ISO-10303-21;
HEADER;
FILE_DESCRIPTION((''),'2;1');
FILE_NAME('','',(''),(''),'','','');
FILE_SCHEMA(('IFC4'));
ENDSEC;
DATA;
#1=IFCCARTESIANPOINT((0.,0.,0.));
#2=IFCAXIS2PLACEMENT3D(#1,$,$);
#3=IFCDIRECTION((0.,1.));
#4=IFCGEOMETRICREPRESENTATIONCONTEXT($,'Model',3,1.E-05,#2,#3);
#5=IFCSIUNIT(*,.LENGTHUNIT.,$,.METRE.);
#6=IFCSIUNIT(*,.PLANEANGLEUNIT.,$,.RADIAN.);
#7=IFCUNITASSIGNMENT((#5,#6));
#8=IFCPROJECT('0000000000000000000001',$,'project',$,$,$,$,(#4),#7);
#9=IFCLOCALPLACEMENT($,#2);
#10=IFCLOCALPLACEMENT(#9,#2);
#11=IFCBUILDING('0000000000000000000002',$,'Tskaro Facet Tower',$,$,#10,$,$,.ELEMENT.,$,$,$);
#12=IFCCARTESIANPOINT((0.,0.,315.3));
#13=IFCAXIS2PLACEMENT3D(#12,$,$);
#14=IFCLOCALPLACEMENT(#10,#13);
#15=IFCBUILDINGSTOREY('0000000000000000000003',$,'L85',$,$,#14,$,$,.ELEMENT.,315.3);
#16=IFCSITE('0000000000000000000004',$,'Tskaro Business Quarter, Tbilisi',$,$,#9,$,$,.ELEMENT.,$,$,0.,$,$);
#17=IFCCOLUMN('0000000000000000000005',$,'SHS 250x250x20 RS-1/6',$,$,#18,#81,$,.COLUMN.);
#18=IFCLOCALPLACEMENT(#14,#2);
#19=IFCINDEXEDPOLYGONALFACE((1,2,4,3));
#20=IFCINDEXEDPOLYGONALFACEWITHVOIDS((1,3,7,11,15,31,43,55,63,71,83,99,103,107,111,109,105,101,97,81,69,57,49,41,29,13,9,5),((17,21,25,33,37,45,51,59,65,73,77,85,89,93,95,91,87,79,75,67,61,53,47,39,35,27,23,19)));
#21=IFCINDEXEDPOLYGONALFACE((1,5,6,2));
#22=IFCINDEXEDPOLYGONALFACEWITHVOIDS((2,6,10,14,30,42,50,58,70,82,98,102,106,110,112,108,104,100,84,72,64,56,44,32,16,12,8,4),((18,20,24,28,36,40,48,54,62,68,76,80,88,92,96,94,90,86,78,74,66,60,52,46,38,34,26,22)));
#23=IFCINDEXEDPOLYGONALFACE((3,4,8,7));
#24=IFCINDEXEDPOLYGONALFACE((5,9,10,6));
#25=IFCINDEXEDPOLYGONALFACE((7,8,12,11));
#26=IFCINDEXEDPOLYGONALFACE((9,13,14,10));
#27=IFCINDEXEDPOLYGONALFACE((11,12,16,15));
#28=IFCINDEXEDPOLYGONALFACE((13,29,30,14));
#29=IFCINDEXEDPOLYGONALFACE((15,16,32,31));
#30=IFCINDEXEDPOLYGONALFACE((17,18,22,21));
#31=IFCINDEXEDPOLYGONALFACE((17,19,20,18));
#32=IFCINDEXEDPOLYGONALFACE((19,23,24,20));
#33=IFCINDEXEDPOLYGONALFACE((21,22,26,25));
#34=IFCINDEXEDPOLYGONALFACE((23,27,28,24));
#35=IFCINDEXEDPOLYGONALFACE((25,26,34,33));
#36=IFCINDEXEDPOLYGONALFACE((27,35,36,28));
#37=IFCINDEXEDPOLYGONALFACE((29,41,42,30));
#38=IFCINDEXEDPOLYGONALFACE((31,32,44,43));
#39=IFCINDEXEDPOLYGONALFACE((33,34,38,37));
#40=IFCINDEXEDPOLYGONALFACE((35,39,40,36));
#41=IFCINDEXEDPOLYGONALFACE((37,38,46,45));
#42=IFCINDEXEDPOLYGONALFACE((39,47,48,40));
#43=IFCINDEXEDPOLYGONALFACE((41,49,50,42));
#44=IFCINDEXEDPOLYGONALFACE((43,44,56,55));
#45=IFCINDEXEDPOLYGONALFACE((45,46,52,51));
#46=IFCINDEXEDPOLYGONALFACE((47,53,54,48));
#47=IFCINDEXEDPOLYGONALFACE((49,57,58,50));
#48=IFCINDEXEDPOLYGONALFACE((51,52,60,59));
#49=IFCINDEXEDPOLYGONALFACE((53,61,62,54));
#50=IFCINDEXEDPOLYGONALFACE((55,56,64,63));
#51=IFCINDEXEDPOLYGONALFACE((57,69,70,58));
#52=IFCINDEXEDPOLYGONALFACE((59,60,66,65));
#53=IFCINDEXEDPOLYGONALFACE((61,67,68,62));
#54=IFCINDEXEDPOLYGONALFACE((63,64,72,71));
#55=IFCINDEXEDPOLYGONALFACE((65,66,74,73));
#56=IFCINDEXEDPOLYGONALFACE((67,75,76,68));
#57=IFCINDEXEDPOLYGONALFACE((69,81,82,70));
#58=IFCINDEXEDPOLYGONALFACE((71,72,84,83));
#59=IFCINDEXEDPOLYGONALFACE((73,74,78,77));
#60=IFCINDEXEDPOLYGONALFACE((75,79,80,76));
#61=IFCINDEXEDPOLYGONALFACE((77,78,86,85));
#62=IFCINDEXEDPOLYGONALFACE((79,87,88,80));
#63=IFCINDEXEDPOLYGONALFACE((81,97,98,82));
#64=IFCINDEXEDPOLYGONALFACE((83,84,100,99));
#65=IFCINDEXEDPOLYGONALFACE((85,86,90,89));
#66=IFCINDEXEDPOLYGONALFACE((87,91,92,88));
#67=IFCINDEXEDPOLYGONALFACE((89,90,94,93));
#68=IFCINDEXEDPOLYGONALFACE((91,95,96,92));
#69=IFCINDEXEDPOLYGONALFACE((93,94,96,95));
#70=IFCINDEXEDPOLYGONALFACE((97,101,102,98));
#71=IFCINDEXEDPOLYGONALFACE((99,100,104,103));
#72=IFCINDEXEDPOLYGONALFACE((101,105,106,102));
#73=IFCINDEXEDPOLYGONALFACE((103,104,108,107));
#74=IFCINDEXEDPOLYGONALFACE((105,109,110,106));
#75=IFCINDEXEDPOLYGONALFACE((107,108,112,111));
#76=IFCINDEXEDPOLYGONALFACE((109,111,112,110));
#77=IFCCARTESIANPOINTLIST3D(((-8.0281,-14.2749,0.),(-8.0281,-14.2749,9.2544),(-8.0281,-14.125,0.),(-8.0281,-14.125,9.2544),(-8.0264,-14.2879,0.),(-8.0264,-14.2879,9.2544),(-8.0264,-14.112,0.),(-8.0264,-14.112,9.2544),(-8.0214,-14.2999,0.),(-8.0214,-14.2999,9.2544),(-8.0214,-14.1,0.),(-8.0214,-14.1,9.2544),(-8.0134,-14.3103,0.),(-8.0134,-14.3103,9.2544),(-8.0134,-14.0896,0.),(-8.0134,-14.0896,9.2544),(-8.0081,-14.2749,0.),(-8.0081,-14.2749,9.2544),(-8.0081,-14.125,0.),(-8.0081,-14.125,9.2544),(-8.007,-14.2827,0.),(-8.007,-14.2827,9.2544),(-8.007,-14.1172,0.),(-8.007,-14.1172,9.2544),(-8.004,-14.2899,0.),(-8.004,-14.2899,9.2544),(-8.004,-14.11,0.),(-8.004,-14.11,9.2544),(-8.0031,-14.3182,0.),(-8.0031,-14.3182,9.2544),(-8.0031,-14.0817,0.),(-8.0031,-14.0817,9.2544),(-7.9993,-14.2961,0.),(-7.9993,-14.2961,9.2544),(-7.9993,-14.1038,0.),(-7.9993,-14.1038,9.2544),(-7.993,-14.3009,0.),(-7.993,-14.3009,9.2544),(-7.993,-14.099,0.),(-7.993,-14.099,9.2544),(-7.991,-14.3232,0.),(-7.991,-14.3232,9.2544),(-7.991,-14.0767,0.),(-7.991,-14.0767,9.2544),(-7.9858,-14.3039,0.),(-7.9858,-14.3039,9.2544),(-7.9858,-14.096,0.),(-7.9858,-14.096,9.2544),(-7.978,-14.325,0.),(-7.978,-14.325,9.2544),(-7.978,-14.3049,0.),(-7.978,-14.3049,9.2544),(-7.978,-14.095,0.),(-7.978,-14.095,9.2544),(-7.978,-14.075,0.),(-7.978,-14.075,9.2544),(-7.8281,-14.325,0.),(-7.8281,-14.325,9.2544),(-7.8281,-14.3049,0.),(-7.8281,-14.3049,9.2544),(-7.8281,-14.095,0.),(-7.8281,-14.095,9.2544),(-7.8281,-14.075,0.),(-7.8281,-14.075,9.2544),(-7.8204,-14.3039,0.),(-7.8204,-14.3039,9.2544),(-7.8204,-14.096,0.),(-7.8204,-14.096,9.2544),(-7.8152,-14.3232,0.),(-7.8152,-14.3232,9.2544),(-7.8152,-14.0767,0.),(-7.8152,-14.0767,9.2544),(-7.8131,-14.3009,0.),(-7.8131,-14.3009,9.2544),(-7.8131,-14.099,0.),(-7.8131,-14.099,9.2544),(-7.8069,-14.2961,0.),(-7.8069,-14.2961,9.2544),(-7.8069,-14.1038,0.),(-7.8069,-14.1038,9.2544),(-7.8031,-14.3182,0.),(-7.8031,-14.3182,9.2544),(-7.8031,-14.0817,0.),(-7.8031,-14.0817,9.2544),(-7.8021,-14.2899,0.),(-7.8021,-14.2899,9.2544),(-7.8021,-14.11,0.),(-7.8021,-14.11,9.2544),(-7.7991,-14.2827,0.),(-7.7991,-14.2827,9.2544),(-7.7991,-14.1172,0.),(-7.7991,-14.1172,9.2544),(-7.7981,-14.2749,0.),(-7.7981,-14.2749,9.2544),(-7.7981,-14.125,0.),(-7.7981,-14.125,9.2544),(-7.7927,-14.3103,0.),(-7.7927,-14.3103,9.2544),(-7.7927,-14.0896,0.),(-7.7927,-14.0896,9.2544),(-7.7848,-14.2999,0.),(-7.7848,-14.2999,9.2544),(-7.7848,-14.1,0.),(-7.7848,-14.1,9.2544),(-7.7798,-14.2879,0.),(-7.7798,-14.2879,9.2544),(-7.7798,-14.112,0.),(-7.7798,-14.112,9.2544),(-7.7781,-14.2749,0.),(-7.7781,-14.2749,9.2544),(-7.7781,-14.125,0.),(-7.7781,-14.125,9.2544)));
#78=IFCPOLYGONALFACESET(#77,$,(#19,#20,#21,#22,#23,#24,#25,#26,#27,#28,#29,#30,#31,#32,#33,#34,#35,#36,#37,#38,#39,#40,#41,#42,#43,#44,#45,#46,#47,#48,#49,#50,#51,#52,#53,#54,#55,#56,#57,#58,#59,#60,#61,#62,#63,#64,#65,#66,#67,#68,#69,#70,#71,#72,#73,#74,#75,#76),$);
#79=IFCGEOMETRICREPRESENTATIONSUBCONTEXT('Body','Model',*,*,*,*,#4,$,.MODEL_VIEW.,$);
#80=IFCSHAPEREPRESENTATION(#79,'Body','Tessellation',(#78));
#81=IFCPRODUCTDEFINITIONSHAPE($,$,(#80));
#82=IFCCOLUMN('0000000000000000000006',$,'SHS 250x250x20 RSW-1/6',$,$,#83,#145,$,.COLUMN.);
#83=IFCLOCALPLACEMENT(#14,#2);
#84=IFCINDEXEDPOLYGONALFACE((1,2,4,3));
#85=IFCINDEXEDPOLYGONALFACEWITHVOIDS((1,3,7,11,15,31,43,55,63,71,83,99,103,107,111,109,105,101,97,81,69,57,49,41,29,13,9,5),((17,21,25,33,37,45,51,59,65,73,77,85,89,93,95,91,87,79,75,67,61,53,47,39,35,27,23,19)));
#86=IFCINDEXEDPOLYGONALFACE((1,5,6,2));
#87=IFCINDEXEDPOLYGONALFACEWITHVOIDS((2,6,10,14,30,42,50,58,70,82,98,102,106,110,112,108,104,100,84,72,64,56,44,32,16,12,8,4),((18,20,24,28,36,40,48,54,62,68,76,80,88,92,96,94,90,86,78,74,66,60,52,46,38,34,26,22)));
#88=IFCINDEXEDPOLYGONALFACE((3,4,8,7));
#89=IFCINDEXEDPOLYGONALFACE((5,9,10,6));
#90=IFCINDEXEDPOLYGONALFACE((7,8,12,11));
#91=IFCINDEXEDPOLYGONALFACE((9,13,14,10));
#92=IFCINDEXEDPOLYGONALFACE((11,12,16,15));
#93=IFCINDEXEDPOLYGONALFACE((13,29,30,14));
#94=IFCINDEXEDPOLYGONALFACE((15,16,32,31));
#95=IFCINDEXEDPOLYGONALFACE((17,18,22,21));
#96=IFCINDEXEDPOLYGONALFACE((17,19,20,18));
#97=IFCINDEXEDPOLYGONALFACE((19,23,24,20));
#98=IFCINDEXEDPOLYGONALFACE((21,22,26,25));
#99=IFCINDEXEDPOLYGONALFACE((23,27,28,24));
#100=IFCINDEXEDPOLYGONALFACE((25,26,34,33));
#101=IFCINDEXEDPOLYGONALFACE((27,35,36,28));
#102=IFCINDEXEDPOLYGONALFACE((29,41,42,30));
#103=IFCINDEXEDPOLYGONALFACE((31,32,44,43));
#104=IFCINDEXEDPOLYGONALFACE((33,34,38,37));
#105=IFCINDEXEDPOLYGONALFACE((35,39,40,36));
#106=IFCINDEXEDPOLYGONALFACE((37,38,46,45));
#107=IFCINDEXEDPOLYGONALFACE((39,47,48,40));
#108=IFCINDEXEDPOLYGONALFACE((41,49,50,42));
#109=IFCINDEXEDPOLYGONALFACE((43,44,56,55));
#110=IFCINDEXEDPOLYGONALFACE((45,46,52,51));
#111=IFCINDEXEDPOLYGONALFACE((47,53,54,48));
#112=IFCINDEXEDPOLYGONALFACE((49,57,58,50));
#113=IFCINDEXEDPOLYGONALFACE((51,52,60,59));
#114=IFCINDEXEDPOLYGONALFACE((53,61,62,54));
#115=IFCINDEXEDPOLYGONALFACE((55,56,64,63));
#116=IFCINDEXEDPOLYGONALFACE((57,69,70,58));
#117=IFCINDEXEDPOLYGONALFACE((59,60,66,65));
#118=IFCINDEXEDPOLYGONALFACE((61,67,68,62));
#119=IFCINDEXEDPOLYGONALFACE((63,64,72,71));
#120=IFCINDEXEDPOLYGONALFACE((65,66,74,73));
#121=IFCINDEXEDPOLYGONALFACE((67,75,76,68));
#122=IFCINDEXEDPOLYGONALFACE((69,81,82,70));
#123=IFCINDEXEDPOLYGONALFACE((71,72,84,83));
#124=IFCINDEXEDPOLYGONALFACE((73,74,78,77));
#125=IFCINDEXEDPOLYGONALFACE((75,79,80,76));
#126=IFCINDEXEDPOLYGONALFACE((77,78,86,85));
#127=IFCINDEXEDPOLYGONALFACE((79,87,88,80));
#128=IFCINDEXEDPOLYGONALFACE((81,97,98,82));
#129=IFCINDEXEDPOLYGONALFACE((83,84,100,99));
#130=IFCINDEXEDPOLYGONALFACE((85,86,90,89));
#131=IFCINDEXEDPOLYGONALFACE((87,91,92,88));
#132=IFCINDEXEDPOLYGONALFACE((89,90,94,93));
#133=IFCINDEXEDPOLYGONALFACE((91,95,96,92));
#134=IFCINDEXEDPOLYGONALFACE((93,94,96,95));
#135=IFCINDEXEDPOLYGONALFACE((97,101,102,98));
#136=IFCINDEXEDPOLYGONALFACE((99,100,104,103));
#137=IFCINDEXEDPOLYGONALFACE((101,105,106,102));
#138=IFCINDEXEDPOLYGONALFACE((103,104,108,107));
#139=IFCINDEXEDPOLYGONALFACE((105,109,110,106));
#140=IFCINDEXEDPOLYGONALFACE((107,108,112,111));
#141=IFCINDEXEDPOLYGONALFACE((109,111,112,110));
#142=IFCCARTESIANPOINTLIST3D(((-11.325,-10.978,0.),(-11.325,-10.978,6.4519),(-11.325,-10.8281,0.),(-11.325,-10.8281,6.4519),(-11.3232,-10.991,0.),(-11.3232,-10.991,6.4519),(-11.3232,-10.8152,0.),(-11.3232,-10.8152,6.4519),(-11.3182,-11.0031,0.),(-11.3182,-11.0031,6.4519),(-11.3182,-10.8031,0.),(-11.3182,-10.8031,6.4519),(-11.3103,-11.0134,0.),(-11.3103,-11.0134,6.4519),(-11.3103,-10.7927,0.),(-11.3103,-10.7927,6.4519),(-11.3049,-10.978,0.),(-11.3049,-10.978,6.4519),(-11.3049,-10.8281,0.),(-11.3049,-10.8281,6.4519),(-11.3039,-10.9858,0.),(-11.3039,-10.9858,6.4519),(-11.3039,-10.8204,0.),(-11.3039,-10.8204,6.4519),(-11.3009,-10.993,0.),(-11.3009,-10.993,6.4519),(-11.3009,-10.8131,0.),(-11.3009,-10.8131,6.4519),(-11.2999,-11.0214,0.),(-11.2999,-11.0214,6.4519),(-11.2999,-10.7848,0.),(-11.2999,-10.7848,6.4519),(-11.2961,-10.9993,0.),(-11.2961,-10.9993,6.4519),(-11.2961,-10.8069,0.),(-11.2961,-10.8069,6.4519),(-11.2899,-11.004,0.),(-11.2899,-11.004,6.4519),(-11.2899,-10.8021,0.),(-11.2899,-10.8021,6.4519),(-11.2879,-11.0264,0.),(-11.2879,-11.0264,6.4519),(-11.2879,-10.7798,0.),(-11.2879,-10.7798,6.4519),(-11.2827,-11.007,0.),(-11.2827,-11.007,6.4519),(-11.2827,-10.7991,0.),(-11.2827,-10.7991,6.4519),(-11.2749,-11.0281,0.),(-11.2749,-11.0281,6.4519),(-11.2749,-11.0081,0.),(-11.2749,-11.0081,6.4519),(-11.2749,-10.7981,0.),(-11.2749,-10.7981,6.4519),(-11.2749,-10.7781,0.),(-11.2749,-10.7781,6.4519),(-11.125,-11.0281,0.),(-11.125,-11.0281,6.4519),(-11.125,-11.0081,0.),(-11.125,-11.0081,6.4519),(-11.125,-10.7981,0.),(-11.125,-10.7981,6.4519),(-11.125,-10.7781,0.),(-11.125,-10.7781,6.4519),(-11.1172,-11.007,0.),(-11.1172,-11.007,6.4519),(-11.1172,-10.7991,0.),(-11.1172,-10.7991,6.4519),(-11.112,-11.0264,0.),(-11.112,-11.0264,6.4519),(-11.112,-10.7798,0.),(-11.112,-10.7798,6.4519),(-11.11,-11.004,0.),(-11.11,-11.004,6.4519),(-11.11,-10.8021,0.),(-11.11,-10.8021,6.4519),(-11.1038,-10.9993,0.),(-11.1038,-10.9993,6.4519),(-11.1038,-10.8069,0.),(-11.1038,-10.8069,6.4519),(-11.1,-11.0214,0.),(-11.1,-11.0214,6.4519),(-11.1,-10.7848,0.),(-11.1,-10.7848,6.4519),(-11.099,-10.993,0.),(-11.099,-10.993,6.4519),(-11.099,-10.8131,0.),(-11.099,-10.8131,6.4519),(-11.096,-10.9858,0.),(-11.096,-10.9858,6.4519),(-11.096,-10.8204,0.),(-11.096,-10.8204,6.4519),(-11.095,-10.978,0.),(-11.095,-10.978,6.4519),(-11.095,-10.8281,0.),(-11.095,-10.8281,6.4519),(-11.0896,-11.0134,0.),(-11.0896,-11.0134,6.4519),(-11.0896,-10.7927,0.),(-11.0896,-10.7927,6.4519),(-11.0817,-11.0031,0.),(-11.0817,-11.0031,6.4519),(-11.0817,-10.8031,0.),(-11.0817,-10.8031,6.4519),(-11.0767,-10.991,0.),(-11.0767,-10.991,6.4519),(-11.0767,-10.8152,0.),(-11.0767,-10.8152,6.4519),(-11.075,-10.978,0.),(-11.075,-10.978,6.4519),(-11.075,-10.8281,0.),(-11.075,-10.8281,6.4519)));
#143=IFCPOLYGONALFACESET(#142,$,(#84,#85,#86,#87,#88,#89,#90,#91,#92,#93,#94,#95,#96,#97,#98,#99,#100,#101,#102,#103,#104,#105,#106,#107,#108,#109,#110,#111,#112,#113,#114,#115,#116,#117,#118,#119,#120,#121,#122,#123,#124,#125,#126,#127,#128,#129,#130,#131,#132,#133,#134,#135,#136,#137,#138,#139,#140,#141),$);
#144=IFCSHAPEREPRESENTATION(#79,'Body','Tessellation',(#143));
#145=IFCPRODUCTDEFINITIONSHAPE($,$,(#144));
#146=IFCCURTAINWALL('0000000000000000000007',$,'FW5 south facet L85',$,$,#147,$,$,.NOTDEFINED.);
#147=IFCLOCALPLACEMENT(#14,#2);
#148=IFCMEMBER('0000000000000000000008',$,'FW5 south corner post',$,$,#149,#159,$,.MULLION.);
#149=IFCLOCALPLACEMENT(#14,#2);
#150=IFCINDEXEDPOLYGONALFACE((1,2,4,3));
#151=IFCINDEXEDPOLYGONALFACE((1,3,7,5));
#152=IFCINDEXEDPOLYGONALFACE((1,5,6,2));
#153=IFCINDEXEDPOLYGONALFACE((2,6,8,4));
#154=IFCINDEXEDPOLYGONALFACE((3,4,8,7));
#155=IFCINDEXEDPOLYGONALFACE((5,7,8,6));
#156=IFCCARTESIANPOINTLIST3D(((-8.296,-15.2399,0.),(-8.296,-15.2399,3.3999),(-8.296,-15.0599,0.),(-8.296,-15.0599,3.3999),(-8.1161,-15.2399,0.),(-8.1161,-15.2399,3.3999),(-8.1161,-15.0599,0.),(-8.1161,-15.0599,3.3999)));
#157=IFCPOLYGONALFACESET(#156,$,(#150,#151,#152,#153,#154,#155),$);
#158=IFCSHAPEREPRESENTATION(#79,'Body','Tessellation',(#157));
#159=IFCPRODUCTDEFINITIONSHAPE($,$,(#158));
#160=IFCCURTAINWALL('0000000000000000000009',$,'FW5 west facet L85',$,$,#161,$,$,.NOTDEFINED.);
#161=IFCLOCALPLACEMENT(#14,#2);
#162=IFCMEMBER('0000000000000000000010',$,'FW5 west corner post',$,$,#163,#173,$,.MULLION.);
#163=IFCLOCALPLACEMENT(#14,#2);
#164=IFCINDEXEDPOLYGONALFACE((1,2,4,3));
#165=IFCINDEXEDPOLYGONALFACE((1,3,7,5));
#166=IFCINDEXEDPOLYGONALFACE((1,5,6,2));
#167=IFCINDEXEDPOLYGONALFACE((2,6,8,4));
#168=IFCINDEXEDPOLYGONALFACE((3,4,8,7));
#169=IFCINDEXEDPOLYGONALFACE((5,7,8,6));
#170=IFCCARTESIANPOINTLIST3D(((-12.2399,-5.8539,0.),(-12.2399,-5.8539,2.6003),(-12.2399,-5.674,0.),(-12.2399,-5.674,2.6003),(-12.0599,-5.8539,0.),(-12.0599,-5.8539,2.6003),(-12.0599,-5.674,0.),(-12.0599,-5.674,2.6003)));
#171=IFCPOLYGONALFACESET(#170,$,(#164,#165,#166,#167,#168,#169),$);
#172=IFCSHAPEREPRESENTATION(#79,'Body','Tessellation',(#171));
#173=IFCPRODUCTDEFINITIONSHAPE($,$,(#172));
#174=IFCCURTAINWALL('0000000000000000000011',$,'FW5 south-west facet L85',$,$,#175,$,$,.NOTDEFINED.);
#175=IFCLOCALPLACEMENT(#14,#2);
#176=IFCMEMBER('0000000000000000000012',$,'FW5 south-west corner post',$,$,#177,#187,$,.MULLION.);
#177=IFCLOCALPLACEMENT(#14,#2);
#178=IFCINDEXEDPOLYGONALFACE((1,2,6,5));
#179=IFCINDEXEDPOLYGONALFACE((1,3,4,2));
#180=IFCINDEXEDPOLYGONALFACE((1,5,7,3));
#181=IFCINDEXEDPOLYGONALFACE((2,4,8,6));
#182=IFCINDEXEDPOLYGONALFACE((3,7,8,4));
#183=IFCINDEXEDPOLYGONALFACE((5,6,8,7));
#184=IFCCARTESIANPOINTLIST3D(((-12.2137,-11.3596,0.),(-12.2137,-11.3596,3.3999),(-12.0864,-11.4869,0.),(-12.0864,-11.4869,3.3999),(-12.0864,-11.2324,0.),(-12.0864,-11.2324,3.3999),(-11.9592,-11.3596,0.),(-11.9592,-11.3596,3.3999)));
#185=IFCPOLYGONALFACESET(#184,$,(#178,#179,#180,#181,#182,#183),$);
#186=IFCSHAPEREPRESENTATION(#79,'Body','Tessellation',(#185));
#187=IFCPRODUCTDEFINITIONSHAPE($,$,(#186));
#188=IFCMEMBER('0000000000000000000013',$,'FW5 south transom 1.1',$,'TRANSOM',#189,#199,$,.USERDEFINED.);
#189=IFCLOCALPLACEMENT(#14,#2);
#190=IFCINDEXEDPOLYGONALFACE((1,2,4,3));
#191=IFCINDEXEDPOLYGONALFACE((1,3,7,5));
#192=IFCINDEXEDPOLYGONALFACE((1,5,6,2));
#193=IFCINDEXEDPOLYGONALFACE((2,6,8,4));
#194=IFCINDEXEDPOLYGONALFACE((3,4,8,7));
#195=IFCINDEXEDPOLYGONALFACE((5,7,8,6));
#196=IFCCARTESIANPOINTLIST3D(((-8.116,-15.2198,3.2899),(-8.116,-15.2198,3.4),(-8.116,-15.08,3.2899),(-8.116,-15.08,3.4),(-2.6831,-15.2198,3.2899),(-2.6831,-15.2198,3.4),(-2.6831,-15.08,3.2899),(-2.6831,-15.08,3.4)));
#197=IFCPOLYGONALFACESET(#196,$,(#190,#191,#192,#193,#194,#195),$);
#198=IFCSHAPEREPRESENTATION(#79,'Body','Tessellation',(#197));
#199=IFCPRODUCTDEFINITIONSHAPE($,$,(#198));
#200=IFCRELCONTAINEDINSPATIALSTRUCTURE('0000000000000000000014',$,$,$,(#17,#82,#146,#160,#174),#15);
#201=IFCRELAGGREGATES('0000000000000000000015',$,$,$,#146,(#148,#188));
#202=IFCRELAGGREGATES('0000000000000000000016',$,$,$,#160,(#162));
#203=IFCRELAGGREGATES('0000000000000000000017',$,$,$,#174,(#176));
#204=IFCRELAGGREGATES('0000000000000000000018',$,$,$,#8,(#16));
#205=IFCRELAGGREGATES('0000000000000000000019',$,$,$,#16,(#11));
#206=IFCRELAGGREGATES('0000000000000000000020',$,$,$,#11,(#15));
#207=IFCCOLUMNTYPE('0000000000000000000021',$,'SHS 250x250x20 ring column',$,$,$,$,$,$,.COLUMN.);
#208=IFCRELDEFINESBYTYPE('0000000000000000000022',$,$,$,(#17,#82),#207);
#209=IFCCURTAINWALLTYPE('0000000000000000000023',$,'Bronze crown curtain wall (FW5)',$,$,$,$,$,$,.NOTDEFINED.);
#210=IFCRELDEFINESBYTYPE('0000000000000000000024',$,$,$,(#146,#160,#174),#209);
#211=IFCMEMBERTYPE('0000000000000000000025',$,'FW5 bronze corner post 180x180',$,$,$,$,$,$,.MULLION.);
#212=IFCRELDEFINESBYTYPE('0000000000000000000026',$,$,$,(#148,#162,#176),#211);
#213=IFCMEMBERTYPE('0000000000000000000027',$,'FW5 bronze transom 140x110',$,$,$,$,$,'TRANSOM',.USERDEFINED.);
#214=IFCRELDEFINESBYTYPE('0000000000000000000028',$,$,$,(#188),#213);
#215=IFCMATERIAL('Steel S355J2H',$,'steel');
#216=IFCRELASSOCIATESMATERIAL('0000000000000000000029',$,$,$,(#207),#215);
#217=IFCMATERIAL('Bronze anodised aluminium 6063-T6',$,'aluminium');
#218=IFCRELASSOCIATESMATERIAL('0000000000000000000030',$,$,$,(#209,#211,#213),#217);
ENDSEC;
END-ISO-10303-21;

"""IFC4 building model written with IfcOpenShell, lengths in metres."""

from ifc_helpers import new_model, si_unit, direction, frame, origin, origin_2d, place, context, subcontext, project, spatial, rectangle, hollow_rectangle, extrude, material, material_profile, profile_set, type_object, element, aggregate, save


model = new_model("IFC4")

# Units and contexts
model_context = context("Model", 3, precision=1e-05, world=origin(), true_north=direction((0.0, 1.0)))
body_context = subcontext(model_context, "Body", "Model", "MODEL_VIEW")
ifc_project = project(units=[si_unit("LENGTHUNIT", "METRE"), si_unit("PLANEANGLEUNIT", "RADIAN")], contexts=[model_context])

# Site, building, storey
site_placement = place(None, origin())
site = spatial("IfcSite", under=ifc_project, at=site_placement, Name="Tskaro Business Quarter, Tbilisi", CompositionType="ELEMENT", RefElevation=0.0)
building_placement = place(site_placement, origin())
building = spatial("IfcBuilding", under=site, at=building_placement, Name="Tskaro Facet Tower", CompositionType="ELEMENT")
storey_placement = place(building_placement, frame((0.0, 0.0, 315.3)))
storey = spatial("IfcBuildingStorey", under=building, at=storey_placement, Name="L85", CompositionType="ELEMENT", Elevation=315.3)

# Columns
ifc_material_1 = material(Name="Steel S355J2H", Category="steel")
ifc_material_profile_1 = material_profile(ifc_material_1, hollow_rectangle(XDim=0.25, YDim=0.25, WallThickness=0.02, InnerFilletRadius=0.03, OuterFilletRadius=0.05, at=origin_2d()), Name="SHS 250x250x20")
ifc_profile_set_1 = profile_set([ifc_material_profile_1], Name="Steel S355J2H")
column_type = type_object("IfcColumnType", Name="SHS 250x250x20 ring column", PredefinedType="COLUMN", material=ifc_profile_set_1)
column_1_placement = place(storey_placement, frame((-7.9031, -14.2, 0.0), z_axis=(0.0, 0.0, 1.0), x_axis=(1.0, 0.0, 0.0)))
element("IfcColumn", 1, at=column_1_placement, inside=storey, type_object=column_type, Name="SHS 250x250x20 RS-1/6", PredefinedType="COLUMN", context=body_context, shape_type="SweptSolid", body=[
    extrude(hollow_rectangle(XDim=0.25, YDim=0.25, WallThickness=0.02, InnerFilletRadius=0.03, OuterFilletRadius=0.05, at=origin_2d()), origin(), (0.0, 0.0, 1.0), 9.2544),
])
column_2_placement = place(storey_placement, frame((-11.2, -10.9031, 0.0), z_axis=(0.0, 0.0, 1.0), x_axis=(1.0, 0.0, 0.0)))
element("IfcColumn", 2, at=column_2_placement, inside=storey, type_object=column_type, Name="SHS 250x250x20 RSW-1/6", PredefinedType="COLUMN", context=body_context, shape_type="SweptSolid", body=[
    extrude(hollow_rectangle(XDim=0.25, YDim=0.25, WallThickness=0.02, InnerFilletRadius=0.03, OuterFilletRadius=0.05, at=origin_2d()), origin(), (0.0, 0.0, 1.0), 6.4519),
])

# Curtain walls, members
ifc_material_2 = material(Name="Bronze anodised aluminium 6063-T6", Category="aluminium")
curtain_wall_type_1 = type_object("IfcCurtainWallType", Name="Bronze crown curtain wall (FW5)", PredefinedType="NOTDEFINED", material=ifc_material_2)
curtain_wall_1_placement = place(storey_placement, origin())
curtain_wall_1 = element("IfcCurtainWall", 3, at=curtain_wall_1_placement, inside=storey, type_object=curtain_wall_type_1, Name="FW5 south facet L85", PredefinedType="NOTDEFINED")
ifc_material_profile_2 = material_profile(ifc_material_2, rectangle(XDim=0.1799, YDim=0.1799, at=origin_2d()), Name="Corner post 180x180")
ifc_profile_set_2 = profile_set([ifc_material_profile_2], Name="Bronze anodised aluminium 6063-T6")
member_type_1 = type_object("IfcMemberType", Name="FW5 bronze corner post 180x180", PredefinedType="MULLION", material=ifc_profile_set_2)
member_1_placement = place(storey_placement, frame((-8.2061, -15.1499, 0.0), z_axis=(0.0, 0.0, 1.0), x_axis=(1.0, 0.0, 0.0)))
member_1 = element("IfcMember", 4, at=member_1_placement, type_object=member_type_1, Name="FW5 south corner post", PredefinedType="MULLION", context=body_context, shape_type="SweptSolid", body=[
    extrude(rectangle(XDim=0.1799, YDim=0.1799, at=origin_2d()), origin(), (0.0, 0.0, 1.0), 3.3999),
])
curtain_wall_2_placement = place(storey_placement, origin())
curtain_wall_2 = element("IfcCurtainWall", 5, at=curtain_wall_2_placement, inside=storey, type_object=curtain_wall_type_1, Name="FW5 west facet L85", PredefinedType="NOTDEFINED")
member_2_placement = place(storey_placement, frame((-12.1499, -5.7639, 0.0), z_axis=(0.0, 0.0, 1.0), x_axis=(0.0, -1.0, 0.0)))
member_2 = element("IfcMember", 6, at=member_2_placement, type_object=member_type_1, Name="FW5 west corner post", PredefinedType="MULLION", context=body_context, shape_type="SweptSolid", body=[
    extrude(rectangle(XDim=0.1799, YDim=0.1799, at=origin_2d()), origin(), (0.0, 0.0, 1.0), 2.6003),
])
curtain_wall_3_placement = place(storey_placement, origin())
curtain_wall_3 = element("IfcCurtainWall", 7, at=curtain_wall_3_placement, inside=storey, type_object=curtain_wall_type_1, Name="FW5 south-west facet L85", PredefinedType="NOTDEFINED")
member_3_placement = place(storey_placement, frame((-12.0864, -11.3596, 0.0), z_axis=(0.0, 0.0, 1.0), x_axis=(0.707107, -0.707107, 0.0)))
member_3 = element("IfcMember", 8, at=member_3_placement, type_object=member_type_1, Name="FW5 south-west corner post", PredefinedType="MULLION", context=body_context, shape_type="SweptSolid", body=[
    extrude(rectangle(XDim=0.1799, YDim=0.1799, at=origin_2d()), origin(), (0.0, 0.0, 1.0), 3.3999),
])

# Member
ifc_material_profile_3 = material_profile(ifc_material_2, rectangle(XDim=0.1399, YDim=0.1101, at=origin_2d()), Name="Transom 140x110")
ifc_profile_set_3 = profile_set([ifc_material_profile_3], Name="Bronze anodised aluminium 6063-T6")
member_type_2 = type_object("IfcMemberType", Name="FW5 bronze transom 140x110", ElementType="TRANSOM", PredefinedType="USERDEFINED", material=ifc_profile_set_3)
member_4_placement = place(storey_placement, frame((-8.116, -15.1499, 3.345), z_axis=(1.0, 0.0, 0.0), x_axis=(0.0, 1.0, 0.0)))
member_4 = element("IfcMember", 9, at=member_4_placement, type_object=member_type_2, Name="FW5 south transom 1.1", ObjectType="TRANSOM", PredefinedType="USERDEFINED", context=body_context, shape_type="SweptSolid", body=[
    extrude(rectangle(XDim=0.1399, YDim=0.1101, at=origin_2d()), origin(), (0.0, 0.0, 1.0), 5.4329),
])
aggregate(curtain_wall_1, [member_1, member_4])

aggregate(curtain_wall_2, [member_2])
aggregate(curtain_wall_3, [member_3])

save(model, "model.ifc")
